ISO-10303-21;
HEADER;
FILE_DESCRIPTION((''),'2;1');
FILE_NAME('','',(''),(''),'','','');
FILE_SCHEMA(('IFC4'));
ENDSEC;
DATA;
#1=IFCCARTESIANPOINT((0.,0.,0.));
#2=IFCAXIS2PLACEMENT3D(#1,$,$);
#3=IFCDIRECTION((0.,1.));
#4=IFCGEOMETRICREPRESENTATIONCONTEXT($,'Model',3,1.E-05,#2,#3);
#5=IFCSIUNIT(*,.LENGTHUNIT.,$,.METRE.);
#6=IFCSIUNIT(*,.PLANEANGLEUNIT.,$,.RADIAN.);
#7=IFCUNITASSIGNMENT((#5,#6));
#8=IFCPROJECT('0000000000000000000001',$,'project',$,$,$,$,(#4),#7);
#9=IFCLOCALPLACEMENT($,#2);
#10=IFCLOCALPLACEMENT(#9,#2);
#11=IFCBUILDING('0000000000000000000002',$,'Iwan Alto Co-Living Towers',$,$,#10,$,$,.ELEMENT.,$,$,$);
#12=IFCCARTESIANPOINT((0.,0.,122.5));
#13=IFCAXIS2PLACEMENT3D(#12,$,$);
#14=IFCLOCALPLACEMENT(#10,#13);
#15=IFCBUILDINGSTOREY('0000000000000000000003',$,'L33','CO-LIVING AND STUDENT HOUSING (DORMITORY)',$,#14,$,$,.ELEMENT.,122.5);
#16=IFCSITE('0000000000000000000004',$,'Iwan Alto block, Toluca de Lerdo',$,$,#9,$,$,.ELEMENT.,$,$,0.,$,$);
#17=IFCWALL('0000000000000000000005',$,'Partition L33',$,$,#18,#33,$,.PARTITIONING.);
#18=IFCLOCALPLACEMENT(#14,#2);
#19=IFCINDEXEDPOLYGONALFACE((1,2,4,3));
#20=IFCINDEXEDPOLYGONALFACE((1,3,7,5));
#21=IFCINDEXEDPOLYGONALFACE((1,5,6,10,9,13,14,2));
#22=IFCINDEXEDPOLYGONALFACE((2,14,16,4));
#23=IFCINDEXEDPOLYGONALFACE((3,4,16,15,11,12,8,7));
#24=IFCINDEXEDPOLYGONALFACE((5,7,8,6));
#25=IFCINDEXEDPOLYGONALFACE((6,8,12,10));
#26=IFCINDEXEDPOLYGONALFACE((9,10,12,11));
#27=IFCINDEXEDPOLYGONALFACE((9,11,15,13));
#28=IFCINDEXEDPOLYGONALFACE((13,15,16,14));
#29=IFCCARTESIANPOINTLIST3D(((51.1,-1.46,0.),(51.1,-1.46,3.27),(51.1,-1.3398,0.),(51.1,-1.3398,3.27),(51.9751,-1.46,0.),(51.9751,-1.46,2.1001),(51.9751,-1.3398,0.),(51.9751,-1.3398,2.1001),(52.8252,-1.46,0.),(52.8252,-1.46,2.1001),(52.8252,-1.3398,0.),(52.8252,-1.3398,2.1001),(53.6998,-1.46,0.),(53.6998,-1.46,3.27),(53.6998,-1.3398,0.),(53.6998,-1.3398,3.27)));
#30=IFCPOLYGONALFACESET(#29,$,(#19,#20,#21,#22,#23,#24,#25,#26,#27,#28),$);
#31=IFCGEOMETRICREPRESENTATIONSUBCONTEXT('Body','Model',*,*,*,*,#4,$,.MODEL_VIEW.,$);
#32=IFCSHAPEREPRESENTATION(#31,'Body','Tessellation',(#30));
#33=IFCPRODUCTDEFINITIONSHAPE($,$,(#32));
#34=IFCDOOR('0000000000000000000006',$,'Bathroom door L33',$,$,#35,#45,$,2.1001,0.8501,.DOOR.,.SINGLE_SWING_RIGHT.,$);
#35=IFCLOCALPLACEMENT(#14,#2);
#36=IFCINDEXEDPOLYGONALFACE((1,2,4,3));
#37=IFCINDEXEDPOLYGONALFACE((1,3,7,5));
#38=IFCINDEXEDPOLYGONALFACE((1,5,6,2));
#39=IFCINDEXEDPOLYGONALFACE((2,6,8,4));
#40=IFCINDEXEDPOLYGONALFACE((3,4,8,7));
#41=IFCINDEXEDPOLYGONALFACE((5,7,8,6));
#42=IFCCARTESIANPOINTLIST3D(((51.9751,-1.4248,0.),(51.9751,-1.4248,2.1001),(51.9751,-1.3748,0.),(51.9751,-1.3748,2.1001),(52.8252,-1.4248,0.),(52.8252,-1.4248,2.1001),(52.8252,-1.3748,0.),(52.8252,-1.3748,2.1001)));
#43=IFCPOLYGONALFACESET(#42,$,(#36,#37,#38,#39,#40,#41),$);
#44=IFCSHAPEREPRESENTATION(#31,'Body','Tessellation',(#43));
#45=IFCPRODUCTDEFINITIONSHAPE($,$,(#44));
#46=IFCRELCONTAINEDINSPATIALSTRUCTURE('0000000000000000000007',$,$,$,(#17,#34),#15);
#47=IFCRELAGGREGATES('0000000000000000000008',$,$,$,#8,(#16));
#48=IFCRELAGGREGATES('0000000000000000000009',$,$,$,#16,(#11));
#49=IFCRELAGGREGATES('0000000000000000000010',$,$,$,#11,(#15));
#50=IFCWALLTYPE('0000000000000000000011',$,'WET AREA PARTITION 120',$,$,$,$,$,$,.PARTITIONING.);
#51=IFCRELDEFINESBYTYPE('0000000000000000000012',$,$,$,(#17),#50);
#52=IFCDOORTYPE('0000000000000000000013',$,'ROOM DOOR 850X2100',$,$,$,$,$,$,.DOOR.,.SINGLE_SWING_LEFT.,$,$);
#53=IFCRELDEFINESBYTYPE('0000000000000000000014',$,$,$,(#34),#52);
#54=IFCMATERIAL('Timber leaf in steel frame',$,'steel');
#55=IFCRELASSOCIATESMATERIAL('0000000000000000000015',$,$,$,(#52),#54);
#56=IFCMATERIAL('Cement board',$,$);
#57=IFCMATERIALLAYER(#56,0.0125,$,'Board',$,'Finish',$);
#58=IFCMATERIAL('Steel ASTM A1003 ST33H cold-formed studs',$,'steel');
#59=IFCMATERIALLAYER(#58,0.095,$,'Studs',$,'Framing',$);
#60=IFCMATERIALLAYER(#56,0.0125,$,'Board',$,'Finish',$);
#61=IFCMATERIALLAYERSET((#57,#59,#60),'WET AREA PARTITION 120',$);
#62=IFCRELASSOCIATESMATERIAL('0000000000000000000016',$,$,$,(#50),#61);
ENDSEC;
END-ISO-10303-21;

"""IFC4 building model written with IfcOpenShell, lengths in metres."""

from ifc_helpers import new_model, si_unit, direction, frame, frame_2d, origin, place, context, subcontext, project, spatial, rectangle, extrude, material, layer, layer_set, type_object, element, fill, save


model = new_model("IFC4")

# Units and contexts
model_context = context("Model", 3, precision=1e-05, world=origin(), true_north=direction((0.0, 1.0)))
body_context = subcontext(model_context, "Body", "Model", "MODEL_VIEW")
ifc_project = project(units=[si_unit("LENGTHUNIT", "METRE"), si_unit("PLANEANGLEUNIT", "RADIAN")], contexts=[model_context])

# Site, building, storey
site_placement = place(None, origin())
site = spatial("IfcSite", under=ifc_project, at=site_placement, Name="Iwan Alto block, Toluca de Lerdo", CompositionType="ELEMENT", RefElevation=0.0)
building_placement = place(site_placement, origin())
building = spatial("IfcBuilding", under=site, at=building_placement, Name="Iwan Alto Co-Living Towers", CompositionType="ELEMENT")
storey_placement = place(building_placement, frame((0.0, 0.0, 122.5)))
storey = spatial("IfcBuildingStorey", under=building, at=storey_placement, Name="L33", Description="CO-LIVING AND STUDENT HOUSING (DORMITORY)", CompositionType="ELEMENT", Elevation=122.5)

# Shared definitions
ifc_material_1 = material(Name="Steel ASTM A1003 ST33H cold-formed studs", Category="steel")
ifc_material_2 = material(Name="Timber leaf in steel frame", Category="steel")
door_type_1 = type_object("IfcDoorType", Name="ROOM DOOR 850X2100", OperationType="SINGLE_SWING_LEFT", PredefinedType="DOOR", material=ifc_material_2)

# Shared definitions
ifc_material_3 = material(Name="Cement board")
ifc_layer_1 = layer(ifc_material_3, 0.0125, Name="Board", Category="Finish")
ifc_layer_2 = layer(ifc_material_1, 0.095, Name="Studs", Category="Framing")
ifc_layer_3 = layer(ifc_material_3, 0.0125, Name="Board", Category="Finish")
ifc_layer_set_1 = layer_set([ifc_layer_1, ifc_layer_2, ifc_layer_3], Name="WET AREA PARTITION 120")
wall_type_1 = type_object("IfcWallType", Name="WET AREA PARTITION 120", PredefinedType="PARTITIONING", material=ifc_layer_set_1)

# Wall, opening, door
wall_1_placement = place(storey_placement, frame((51.1001, -1.3999, 0.0), z_axis=(0.0, 0.0, 1.0), x_axis=(1.0, 0.0, 0.0)))
wall_1 = element("IfcWall", 1, at=wall_1_placement, inside=storey, type_object=wall_type_1, Name="Partition L33", PredefinedType="PARTITIONING", context=body_context, shape_type="SweptSolid", body=[
    extrude(rectangle(XDim=2.5999, YDim=0.1201, at=frame_2d((1.2998, 0.0))), origin(), (0.0, 0.0, 1.0), 3.27),
])
opening_1_placement = place(wall_1_placement, frame((0.875, 0.0, 0.0)))
opening_1 = element("IfcOpeningElement", 2, at=opening_1_placement, cuts=wall_1, PredefinedType="OPENING", context=body_context, shape_type="SweptSolid", body=[
    extrude(rectangle(XDim=0.8501, YDim=2.1001, at=frame_2d((0.425, 1.05))), frame((0.0, 0.0701, 0.0), z_axis=(0.0, -1.0, 0.0), x_axis=(1.0, 0.0, 0.0)), (0.0, 0.0, 1.0), 0.1401),
])
door_1_placement = place(opening_1_placement, frame((0.8501, 0.0, 0.0), z_axis=(0.0, 0.0, 1.0), x_axis=(-1.0, 0.0, 0.0)))
door_1 = element("IfcDoor", 3, at=door_1_placement, inside=storey, type_object=door_type_1, Name="Bathroom door L33", OperationType="SINGLE_SWING_RIGHT", OverallHeight=2.1001, OverallWidth=0.8501, PredefinedType="DOOR", context=body_context, shape_type="SweptSolid", body=[
    extrude(rectangle(XDim=0.8501, YDim=2.1001, at=frame_2d((0.425, 1.05))), frame((0.0, 0.0249, 0.0), z_axis=(0.0, -1.0, 0.0), x_axis=(1.0, 0.0, 0.0)), (0.0, 0.0, 1.0), 0.05),
])
fill(opening_1, door_1)

save(model, "model.ifc")
